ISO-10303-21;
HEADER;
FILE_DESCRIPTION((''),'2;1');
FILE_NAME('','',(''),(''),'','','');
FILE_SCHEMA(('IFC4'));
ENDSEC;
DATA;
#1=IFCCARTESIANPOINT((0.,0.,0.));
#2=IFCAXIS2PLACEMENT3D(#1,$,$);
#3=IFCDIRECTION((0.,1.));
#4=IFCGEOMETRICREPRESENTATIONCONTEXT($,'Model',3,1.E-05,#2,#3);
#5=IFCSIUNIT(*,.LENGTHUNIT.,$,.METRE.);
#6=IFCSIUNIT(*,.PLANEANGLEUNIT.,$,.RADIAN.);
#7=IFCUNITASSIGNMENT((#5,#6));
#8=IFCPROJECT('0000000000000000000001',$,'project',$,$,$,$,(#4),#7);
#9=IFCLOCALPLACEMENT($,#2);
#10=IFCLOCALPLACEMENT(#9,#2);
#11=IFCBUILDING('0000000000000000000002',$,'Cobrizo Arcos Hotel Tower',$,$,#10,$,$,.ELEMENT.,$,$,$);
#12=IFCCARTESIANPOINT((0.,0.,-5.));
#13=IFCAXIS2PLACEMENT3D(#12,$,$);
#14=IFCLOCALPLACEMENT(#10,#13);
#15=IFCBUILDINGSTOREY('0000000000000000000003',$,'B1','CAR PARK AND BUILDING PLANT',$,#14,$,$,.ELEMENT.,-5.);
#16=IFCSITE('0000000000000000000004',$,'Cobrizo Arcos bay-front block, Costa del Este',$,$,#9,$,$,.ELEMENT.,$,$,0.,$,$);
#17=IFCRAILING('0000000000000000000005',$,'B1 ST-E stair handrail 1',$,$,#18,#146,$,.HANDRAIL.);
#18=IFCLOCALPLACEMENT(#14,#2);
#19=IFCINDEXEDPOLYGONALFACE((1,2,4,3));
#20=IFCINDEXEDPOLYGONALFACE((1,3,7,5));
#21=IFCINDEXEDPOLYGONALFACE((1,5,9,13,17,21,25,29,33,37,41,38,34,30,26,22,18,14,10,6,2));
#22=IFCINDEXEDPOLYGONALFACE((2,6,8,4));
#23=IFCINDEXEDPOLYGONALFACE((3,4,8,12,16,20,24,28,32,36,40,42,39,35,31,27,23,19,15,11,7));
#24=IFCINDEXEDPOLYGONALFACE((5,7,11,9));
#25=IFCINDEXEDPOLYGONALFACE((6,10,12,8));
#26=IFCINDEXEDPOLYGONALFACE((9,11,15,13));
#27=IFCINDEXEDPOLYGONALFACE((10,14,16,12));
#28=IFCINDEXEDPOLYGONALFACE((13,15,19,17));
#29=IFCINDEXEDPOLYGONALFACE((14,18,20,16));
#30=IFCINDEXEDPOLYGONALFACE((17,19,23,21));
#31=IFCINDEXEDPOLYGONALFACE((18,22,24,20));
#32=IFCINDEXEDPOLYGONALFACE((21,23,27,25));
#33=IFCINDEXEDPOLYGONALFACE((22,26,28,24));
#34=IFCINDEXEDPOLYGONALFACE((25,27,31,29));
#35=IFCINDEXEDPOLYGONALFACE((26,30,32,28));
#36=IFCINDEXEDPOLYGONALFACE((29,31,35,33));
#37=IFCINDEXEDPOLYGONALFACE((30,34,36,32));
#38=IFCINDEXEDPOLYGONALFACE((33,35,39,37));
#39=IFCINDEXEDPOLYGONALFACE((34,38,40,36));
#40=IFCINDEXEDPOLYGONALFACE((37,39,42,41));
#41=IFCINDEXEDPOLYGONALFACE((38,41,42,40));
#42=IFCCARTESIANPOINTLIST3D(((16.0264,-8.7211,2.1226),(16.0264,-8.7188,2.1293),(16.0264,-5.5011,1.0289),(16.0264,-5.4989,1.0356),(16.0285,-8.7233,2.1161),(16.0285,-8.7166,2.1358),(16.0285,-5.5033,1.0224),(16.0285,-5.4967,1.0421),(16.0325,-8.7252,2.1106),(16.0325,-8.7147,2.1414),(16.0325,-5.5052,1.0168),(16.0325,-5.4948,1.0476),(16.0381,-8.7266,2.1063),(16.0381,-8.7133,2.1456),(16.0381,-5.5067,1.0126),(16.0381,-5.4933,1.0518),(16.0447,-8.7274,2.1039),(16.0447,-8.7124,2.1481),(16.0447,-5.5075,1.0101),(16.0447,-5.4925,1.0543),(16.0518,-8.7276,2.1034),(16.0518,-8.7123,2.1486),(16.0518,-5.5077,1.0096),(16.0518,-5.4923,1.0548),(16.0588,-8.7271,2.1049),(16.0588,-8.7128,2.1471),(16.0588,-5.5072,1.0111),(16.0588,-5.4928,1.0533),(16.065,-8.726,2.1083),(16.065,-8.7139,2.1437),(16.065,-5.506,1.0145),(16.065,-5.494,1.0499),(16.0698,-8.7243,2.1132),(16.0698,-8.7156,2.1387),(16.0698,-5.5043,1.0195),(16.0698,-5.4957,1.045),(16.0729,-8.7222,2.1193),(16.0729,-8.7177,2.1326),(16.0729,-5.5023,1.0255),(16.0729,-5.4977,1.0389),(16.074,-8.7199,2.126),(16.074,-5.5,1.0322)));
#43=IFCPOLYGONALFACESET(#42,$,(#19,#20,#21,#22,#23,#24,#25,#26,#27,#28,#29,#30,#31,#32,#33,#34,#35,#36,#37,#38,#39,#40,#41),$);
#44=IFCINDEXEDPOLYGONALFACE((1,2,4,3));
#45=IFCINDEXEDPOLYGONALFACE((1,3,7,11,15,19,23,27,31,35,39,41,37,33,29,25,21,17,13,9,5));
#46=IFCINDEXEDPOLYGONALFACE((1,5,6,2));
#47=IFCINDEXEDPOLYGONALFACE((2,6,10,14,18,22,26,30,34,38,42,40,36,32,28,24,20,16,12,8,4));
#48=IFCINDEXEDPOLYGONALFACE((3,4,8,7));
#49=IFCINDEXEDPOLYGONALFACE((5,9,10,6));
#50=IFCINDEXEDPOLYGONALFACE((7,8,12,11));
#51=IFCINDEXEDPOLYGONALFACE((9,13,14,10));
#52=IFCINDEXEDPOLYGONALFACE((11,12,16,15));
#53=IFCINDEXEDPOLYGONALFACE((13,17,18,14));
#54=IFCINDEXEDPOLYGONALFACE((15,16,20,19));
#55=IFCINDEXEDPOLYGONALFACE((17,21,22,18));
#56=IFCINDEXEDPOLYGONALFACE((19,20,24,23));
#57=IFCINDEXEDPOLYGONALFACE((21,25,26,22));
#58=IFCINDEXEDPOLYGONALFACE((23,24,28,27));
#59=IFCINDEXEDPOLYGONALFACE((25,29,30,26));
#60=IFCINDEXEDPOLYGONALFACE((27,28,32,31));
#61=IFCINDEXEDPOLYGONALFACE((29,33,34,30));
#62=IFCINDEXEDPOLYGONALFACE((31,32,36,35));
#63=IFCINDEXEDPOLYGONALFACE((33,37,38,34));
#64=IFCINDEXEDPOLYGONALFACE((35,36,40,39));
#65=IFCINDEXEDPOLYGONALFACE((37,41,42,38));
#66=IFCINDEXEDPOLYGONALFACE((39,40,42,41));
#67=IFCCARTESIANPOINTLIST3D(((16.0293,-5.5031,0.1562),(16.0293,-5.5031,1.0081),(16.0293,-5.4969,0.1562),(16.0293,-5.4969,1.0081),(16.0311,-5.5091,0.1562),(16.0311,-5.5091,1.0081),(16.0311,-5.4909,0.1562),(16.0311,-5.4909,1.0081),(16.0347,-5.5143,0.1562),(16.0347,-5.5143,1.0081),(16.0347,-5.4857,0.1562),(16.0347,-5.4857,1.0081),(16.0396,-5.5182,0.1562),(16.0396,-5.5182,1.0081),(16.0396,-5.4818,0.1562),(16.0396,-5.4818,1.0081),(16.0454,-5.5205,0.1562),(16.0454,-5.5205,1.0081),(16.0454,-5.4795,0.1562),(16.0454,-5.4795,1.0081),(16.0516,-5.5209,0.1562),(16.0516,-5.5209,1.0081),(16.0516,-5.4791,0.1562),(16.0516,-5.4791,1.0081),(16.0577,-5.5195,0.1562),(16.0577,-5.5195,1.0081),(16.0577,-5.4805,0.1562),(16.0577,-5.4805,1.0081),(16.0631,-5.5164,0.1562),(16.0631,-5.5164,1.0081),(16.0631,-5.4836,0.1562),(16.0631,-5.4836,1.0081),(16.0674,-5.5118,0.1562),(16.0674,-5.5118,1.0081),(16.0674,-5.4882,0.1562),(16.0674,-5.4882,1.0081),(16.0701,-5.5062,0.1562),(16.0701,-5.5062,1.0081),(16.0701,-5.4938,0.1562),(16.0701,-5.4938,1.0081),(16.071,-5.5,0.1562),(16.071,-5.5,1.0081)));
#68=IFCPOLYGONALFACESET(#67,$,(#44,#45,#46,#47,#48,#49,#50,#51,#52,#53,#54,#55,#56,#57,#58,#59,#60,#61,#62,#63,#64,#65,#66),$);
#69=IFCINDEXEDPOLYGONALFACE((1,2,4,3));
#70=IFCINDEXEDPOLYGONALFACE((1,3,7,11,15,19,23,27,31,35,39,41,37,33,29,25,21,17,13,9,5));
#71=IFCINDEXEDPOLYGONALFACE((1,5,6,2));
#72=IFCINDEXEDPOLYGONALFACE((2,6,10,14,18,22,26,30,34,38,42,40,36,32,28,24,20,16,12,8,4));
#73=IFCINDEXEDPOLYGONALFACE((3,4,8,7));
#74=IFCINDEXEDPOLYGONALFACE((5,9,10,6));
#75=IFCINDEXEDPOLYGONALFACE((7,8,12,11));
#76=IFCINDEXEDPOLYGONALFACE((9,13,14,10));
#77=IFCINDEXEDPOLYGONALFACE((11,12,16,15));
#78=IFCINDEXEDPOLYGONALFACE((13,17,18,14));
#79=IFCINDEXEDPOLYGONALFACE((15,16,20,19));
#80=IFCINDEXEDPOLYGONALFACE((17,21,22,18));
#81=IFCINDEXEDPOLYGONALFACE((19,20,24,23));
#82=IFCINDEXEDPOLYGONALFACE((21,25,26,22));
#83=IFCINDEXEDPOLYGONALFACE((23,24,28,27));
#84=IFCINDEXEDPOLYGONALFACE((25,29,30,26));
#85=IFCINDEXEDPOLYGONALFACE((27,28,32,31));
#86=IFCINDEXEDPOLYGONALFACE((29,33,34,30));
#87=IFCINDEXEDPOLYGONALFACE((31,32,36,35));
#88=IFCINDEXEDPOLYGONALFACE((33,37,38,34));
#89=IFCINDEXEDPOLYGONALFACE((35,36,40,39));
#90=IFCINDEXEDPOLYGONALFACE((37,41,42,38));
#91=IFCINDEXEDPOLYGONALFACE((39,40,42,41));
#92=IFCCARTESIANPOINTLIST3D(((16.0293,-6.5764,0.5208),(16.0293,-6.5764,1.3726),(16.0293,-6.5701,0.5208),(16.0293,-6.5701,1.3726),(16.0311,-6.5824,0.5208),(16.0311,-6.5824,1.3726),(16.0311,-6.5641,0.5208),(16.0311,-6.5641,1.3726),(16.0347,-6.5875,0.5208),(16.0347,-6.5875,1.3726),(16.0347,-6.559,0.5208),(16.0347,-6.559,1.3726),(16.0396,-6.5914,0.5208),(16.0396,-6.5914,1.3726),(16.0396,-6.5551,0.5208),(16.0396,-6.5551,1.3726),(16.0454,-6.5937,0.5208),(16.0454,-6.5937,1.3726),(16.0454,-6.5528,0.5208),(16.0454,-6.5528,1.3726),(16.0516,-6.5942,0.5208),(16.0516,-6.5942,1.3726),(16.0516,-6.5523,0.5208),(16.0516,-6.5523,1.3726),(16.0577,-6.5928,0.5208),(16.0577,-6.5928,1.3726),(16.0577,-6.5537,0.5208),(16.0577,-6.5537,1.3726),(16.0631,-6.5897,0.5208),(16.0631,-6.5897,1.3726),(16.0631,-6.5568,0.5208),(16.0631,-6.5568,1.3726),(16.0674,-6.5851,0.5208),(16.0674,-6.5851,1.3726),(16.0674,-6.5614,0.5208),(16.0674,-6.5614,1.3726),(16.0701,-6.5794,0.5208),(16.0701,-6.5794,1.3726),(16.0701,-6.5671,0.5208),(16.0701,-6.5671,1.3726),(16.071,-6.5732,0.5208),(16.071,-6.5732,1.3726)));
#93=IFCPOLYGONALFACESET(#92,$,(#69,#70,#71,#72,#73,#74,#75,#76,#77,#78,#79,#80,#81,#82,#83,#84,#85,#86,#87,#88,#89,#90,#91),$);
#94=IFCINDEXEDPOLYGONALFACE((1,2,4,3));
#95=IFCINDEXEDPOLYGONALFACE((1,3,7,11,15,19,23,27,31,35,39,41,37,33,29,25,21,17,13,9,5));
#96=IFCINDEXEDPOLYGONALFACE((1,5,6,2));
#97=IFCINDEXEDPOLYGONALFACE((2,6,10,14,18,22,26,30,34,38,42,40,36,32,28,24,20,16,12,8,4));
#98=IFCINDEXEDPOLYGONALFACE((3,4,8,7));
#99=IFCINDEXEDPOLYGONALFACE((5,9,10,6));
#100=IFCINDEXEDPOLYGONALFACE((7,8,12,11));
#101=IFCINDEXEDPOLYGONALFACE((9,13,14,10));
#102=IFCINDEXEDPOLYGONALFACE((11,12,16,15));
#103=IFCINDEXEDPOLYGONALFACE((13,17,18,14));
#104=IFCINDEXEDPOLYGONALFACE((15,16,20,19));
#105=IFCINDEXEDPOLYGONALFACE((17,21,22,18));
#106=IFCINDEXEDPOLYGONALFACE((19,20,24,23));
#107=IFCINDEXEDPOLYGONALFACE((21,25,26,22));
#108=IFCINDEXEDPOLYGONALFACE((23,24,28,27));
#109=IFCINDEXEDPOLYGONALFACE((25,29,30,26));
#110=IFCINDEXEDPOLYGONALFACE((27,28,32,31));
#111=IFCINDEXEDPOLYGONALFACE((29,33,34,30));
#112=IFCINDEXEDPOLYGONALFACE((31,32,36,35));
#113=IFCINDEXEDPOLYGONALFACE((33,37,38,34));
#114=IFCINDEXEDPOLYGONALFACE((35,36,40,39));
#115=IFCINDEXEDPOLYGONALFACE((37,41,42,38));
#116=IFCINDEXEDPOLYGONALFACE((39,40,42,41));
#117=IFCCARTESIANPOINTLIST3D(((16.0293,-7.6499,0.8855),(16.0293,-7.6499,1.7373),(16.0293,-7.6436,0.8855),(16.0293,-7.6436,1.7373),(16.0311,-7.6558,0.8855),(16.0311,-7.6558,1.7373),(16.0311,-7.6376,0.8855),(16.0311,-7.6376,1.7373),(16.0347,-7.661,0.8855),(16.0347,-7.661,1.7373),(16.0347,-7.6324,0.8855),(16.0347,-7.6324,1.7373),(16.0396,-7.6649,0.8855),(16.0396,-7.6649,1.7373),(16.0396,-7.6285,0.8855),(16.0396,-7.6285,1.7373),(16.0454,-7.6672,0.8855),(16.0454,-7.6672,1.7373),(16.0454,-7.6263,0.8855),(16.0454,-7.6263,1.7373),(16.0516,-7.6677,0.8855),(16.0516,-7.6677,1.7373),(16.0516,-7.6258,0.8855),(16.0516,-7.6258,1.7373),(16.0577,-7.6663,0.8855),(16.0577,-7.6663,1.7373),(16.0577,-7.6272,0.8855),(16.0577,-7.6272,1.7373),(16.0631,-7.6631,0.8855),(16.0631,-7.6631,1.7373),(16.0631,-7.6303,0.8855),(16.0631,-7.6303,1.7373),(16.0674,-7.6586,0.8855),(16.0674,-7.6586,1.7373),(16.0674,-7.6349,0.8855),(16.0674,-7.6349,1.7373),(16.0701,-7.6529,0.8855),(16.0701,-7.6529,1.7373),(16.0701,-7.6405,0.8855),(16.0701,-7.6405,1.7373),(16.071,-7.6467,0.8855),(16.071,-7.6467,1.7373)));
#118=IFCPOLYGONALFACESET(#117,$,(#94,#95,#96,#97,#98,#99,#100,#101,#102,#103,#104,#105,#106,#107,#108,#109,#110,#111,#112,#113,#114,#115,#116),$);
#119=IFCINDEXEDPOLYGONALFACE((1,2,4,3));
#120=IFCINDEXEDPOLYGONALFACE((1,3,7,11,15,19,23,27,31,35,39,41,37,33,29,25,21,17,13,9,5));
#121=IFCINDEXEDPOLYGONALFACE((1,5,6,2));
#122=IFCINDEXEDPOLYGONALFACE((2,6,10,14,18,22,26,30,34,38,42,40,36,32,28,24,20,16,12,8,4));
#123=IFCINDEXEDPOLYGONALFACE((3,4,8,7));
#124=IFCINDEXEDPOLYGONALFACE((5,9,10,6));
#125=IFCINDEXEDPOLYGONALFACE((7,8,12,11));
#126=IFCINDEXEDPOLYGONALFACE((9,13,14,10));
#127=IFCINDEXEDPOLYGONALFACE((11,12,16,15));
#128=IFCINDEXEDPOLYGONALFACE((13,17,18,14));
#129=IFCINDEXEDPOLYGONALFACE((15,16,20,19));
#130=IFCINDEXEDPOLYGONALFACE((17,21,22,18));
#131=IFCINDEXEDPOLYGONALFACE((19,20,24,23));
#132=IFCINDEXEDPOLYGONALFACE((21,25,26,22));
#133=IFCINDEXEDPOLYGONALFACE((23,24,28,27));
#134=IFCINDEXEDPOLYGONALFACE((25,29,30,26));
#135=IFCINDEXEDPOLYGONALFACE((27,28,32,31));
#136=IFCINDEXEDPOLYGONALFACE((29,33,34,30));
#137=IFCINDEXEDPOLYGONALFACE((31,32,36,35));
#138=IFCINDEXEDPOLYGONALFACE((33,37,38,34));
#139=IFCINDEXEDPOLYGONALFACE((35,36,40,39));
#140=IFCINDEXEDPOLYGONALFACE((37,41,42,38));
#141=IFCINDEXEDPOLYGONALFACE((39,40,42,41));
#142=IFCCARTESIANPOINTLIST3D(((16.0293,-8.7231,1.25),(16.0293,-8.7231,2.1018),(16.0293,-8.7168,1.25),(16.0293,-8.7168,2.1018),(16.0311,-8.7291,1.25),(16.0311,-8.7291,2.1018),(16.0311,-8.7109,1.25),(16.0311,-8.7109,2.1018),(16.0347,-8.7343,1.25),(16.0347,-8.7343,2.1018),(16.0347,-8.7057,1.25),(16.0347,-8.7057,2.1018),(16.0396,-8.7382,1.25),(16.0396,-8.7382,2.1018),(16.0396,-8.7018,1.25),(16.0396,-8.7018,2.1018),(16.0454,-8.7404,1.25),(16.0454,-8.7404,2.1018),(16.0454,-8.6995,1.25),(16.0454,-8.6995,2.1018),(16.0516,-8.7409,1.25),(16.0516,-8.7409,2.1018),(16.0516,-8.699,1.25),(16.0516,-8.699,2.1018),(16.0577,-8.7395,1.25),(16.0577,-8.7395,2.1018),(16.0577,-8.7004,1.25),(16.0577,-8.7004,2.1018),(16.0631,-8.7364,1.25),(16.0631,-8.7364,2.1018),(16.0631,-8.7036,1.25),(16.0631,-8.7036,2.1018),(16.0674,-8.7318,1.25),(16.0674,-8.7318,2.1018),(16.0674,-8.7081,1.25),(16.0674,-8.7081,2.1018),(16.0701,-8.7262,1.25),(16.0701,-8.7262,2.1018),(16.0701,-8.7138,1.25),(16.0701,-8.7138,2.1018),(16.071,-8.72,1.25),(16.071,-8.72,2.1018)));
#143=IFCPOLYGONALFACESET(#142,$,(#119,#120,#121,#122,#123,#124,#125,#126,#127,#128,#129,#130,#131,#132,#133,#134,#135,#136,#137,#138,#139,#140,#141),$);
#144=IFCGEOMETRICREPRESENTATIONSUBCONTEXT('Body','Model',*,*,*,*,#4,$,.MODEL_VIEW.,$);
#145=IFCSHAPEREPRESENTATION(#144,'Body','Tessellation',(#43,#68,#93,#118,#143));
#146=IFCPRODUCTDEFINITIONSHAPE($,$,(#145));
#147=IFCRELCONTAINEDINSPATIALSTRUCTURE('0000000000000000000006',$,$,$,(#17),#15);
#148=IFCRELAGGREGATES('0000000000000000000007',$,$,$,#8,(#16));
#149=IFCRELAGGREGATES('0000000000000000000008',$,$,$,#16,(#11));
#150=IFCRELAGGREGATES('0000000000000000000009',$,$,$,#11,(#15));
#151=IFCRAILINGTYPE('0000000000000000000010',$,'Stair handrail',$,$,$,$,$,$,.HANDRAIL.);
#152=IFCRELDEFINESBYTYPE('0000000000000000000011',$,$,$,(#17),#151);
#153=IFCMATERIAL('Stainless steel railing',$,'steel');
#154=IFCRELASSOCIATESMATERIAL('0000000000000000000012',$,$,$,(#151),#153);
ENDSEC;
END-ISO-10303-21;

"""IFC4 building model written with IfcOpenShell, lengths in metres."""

from ifc_helpers import new_model, si_unit, direction, frame, origin, origin_2d, place, context, subcontext, project, spatial, circle, extrude, material, type_object, element, save


model = new_model("IFC4")

# Units and contexts
model_context = context("Model", 3, precision=1e-05, world=origin(), true_north=direction((0.0, 1.0)))
body_context = subcontext(model_context, "Body", "Model", "MODEL_VIEW")
ifc_project = project(units=[si_unit("LENGTHUNIT", "METRE"), si_unit("PLANEANGLEUNIT", "RADIAN")], contexts=[model_context])

# Site, building, storey
site_placement = place(None, origin())
site = spatial("IfcSite", under=ifc_project, at=site_placement, Name="Cobrizo Arcos bay-front block, Costa del Este", CompositionType="ELEMENT", RefElevation=0.0)
building_placement = place(site_placement, origin())
building = spatial("IfcBuilding", under=site, at=building_placement, Name="Cobrizo Arcos Hotel Tower", CompositionType="ELEMENT")
storey_placement = place(building_placement, frame((0.0, 0.0, -5.0)))
storey = spatial("IfcBuildingStorey", under=building, at=storey_placement, Name="B1", Description="CAR PARK AND BUILDING PLANT", CompositionType="ELEMENT", Elevation=-5.0)

# Railing
ifc_material_1 = material(Name="Stainless steel railing", Category="steel")
railing_type_1 = type_object("IfcRailingType", Name="Stair handrail", PredefinedType="HANDRAIL", material=ifc_material_1)
for number, where, name in (
    (1, (16.05, -5.5, 0.1562), "B1 ST-E stair handrail 1"),
):
    element("IfcRailing", number, at=place(storey_placement, frame(where)), inside=storey, type_object=railing_type_1, Name=name, PredefinedType="HANDRAIL", context=body_context, shape_type="SweptSolid", body=[
        extrude(circle(Radius=0.0239, at=origin_2d()), frame((0.0, 0.0, 0.876), z_axis=(0.0, -0.946866, 0.321629), x_axis=(1.0, 0.0, 0.0)), (0.0, 0.0, 1.0), 3.4006),
        extrude(circle(Radius=0.021, at=origin_2d()), origin(), (0.0, 0.0, 1.0), 0.8518),
        extrude(circle(Radius=0.021, at=origin_2d()), frame((0.0, -1.0732, 0.3645)), (0.0, 0.0, 1.0), 0.8518),
        extrude(circle(Radius=0.021, at=origin_2d()), frame((0.0, -2.1467, 0.7292)), (0.0, 0.0, 1.0), 0.8518),
        extrude(circle(Radius=0.021, at=origin_2d()), frame((0.0, -3.22, 1.0938)), (0.0, 0.0, 1.0), 0.8518),
    ])

save(model, "model.ifc")
